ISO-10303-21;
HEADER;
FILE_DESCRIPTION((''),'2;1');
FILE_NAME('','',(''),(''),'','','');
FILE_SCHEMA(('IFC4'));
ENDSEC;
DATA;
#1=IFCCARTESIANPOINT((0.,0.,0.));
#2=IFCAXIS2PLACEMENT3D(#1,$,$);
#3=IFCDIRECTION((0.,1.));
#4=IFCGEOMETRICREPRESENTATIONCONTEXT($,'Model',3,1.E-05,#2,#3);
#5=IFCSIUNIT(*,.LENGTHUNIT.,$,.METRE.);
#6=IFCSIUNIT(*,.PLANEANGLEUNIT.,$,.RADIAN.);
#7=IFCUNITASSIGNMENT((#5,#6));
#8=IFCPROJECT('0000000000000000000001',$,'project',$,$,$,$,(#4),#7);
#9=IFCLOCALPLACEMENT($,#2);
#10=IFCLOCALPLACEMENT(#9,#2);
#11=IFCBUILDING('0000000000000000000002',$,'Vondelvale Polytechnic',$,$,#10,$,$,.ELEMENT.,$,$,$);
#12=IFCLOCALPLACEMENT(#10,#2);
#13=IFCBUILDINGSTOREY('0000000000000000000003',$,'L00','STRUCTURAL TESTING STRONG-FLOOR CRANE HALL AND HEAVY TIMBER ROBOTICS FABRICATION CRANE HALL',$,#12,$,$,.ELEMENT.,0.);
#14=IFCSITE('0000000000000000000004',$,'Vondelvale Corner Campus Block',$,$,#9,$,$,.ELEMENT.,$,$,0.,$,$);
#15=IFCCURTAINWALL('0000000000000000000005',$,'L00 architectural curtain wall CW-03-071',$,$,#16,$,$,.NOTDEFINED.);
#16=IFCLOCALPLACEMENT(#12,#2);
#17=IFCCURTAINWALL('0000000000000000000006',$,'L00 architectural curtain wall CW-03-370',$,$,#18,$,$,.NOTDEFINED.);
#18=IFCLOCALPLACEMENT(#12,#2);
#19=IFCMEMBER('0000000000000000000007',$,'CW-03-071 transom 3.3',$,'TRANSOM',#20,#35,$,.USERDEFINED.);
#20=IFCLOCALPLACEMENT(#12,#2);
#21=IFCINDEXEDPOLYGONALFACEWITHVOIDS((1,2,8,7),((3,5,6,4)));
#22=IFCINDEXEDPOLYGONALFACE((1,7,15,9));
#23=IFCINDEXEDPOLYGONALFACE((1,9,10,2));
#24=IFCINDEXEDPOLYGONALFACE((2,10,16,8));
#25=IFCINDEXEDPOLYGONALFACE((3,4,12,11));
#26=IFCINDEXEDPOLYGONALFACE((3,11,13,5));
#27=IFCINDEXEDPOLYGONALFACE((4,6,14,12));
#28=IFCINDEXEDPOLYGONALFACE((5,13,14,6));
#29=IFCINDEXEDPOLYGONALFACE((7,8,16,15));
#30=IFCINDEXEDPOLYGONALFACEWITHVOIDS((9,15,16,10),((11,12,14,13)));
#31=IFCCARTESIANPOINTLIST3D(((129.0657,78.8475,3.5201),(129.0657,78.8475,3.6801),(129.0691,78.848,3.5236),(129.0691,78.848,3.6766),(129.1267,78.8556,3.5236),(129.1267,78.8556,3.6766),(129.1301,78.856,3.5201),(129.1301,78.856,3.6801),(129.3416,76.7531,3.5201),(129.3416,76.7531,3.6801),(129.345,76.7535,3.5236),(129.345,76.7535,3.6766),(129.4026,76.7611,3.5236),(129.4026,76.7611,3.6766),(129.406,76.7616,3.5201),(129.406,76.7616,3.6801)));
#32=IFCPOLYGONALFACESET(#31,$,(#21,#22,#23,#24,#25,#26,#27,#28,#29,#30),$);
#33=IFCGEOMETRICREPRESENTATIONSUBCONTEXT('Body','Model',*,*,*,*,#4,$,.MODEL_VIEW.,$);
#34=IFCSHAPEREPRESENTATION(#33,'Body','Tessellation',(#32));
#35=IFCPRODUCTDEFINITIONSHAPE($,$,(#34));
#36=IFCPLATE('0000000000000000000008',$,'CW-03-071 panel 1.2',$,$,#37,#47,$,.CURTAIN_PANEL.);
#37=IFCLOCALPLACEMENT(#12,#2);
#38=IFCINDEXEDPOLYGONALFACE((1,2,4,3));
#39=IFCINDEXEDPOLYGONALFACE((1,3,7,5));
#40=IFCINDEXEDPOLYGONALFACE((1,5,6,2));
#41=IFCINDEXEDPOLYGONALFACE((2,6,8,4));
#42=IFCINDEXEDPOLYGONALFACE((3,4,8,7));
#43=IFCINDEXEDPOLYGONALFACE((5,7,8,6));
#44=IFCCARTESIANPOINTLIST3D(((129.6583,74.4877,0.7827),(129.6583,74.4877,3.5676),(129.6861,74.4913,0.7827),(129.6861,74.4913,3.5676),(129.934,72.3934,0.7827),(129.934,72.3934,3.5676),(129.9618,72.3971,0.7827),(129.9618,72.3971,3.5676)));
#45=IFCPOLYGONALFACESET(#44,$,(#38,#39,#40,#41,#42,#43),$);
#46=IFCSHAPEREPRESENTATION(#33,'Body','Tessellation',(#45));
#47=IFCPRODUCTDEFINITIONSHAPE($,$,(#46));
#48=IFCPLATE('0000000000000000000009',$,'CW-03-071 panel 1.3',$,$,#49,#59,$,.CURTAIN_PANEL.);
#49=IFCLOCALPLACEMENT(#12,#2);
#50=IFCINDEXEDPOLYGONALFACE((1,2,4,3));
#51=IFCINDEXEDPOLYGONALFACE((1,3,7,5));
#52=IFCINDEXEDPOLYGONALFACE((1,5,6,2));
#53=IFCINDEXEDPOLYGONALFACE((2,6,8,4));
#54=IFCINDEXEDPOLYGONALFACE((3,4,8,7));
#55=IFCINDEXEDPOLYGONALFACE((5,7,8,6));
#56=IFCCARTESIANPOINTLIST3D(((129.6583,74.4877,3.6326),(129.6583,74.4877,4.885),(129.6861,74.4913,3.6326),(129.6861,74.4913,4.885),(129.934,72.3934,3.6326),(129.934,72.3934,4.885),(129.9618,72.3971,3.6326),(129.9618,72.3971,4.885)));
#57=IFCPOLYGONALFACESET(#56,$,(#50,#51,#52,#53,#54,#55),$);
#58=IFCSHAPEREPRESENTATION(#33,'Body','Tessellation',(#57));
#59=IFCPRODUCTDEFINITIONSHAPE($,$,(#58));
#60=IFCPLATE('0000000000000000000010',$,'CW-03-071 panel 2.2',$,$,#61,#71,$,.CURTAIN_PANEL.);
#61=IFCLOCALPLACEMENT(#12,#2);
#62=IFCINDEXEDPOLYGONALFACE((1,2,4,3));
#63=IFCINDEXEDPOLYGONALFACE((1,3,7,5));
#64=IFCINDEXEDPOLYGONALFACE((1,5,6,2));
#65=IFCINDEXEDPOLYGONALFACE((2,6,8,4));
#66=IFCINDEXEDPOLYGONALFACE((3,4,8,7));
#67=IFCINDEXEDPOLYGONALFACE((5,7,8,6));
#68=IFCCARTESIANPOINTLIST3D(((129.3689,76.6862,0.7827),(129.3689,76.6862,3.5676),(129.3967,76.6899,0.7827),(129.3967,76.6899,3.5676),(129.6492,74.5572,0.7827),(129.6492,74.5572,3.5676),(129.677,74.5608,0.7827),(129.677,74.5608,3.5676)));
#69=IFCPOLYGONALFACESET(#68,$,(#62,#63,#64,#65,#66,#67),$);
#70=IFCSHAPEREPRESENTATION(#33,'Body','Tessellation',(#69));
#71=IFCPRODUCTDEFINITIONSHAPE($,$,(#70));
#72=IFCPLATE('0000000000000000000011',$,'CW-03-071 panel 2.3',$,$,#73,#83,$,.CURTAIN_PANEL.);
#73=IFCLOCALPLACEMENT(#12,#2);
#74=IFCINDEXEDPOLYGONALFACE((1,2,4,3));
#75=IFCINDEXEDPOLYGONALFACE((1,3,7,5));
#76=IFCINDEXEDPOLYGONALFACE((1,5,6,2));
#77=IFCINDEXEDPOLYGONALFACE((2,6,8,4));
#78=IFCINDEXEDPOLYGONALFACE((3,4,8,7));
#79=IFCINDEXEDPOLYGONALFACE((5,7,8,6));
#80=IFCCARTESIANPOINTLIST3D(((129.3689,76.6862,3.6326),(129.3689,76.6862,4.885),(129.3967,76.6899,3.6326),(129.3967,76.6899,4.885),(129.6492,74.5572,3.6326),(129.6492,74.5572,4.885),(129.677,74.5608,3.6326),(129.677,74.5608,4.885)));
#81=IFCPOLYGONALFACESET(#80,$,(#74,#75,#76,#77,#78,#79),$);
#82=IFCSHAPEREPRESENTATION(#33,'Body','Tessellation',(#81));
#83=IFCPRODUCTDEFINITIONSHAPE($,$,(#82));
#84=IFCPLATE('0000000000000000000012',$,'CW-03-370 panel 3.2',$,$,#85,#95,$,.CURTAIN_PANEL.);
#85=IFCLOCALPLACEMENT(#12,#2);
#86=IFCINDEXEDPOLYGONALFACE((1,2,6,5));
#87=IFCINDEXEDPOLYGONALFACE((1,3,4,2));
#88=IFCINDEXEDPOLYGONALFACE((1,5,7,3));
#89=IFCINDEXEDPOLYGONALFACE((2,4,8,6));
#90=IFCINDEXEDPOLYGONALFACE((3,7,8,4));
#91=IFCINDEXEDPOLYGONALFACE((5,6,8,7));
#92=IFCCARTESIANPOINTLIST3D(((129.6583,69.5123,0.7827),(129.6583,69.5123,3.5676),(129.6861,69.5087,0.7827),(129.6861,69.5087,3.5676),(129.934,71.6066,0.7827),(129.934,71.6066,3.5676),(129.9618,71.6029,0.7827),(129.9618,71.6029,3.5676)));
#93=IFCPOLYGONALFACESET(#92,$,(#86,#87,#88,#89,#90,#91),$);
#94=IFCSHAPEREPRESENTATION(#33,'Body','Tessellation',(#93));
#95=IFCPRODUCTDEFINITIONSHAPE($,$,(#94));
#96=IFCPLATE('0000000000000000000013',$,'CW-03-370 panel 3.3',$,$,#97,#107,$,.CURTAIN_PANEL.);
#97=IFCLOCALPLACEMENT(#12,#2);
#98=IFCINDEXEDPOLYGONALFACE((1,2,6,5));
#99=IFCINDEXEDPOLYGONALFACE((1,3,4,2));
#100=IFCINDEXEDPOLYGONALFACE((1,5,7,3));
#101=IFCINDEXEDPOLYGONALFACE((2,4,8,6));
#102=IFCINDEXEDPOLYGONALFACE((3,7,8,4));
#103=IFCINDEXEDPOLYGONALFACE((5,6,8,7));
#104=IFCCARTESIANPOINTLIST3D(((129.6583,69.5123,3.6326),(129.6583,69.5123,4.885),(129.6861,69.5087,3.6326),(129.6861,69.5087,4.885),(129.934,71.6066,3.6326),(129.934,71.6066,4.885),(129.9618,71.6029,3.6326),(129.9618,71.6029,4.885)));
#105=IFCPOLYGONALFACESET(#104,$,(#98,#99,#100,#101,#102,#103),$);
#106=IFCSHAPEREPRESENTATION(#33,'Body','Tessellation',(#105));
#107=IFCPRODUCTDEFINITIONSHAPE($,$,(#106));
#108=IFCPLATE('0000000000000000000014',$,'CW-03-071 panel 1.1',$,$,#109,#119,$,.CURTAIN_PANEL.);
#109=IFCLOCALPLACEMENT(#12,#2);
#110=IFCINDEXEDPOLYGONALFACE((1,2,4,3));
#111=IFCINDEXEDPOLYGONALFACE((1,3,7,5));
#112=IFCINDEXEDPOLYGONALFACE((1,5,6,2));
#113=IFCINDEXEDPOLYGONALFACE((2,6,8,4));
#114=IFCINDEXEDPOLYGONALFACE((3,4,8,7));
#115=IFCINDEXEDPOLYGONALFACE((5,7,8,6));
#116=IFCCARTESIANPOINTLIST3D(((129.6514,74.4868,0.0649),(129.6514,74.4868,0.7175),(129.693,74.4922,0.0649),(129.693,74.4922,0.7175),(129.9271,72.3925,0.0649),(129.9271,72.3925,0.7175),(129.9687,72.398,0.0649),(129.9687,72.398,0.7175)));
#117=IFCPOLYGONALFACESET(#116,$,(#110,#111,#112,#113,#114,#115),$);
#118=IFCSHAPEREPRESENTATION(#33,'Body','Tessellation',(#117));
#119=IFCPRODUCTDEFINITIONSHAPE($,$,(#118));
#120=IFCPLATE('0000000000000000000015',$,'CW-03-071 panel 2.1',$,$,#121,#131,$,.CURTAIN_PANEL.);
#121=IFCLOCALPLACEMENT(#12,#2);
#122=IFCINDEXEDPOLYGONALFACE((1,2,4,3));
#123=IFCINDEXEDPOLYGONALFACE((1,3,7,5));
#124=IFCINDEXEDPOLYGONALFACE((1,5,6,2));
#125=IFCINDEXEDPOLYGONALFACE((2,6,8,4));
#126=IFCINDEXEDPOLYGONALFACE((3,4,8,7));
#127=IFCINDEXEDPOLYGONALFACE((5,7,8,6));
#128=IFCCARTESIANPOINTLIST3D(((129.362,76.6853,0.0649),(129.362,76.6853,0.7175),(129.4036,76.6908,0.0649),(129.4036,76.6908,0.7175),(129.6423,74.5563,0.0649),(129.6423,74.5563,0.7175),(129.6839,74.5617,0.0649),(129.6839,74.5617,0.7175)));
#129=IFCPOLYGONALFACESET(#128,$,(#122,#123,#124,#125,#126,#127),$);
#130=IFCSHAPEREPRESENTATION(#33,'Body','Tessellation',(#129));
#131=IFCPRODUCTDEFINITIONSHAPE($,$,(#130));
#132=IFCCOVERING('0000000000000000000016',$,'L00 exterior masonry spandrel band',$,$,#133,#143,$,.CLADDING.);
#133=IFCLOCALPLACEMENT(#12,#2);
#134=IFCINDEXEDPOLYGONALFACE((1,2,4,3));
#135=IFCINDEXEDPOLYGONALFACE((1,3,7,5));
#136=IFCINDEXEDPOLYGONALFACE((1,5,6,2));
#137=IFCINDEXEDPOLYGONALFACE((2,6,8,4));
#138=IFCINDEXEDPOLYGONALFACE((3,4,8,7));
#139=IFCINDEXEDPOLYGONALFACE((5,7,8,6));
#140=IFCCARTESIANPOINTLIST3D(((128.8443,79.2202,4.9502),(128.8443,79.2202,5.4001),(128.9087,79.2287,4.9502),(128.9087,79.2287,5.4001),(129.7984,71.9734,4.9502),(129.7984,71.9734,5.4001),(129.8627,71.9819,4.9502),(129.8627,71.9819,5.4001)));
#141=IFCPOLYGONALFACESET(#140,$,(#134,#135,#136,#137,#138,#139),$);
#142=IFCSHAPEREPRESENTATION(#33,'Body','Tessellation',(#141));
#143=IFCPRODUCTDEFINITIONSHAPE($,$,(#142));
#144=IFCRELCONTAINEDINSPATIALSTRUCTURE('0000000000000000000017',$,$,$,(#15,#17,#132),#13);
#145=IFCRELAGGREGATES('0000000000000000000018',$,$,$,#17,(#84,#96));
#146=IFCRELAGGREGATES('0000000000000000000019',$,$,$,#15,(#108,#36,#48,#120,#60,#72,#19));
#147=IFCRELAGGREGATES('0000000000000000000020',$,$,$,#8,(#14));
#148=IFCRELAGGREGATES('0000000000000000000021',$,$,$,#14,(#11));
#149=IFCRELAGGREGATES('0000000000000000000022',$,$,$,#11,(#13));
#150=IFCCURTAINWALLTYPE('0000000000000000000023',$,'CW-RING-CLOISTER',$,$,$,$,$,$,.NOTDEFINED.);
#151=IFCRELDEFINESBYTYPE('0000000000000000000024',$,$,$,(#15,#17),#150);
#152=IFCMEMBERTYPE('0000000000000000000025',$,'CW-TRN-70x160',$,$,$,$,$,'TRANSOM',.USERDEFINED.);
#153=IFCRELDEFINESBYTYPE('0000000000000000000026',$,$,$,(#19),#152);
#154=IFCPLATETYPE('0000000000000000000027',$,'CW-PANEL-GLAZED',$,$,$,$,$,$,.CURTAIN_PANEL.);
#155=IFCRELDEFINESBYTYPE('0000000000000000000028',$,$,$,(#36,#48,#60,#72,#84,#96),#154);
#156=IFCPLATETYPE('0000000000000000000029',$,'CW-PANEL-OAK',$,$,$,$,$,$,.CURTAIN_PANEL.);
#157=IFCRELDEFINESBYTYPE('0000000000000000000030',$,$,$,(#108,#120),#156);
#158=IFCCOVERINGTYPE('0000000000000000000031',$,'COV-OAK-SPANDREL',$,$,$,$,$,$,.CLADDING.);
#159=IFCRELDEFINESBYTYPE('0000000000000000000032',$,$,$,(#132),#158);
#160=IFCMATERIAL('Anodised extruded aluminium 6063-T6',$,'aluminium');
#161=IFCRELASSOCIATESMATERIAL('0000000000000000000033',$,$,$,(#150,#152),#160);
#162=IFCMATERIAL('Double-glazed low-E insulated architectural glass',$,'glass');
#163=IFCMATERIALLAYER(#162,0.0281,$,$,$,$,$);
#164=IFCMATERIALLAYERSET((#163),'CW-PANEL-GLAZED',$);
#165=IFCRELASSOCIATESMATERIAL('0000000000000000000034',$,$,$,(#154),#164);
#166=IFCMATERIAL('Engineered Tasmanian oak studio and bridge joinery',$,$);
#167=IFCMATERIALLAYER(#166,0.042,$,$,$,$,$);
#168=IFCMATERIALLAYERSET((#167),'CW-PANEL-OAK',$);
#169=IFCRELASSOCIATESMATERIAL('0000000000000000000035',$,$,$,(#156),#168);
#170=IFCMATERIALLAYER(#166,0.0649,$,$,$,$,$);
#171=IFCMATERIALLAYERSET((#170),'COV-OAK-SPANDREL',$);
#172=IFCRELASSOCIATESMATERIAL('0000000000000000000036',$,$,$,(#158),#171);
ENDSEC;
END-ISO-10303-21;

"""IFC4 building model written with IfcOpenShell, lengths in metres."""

from ifc_helpers import new_model, si_unit, direction, frame, origin, origin_2d, place, context, subcontext, project, spatial, rectangle, hollow_rectangle, extrude, material, layer, layer_set, material_profile, profile_set, type_object, element, aggregate, save


model = new_model("IFC4")

# Units and contexts
model_context = context("Model", 3, precision=1e-05, world=origin(), true_north=direction((0.0, 1.0)))
body_context = subcontext(model_context, "Body", "Model", "MODEL_VIEW")
ifc_project = project(units=[si_unit("LENGTHUNIT", "METRE"), si_unit("PLANEANGLEUNIT", "RADIAN")], contexts=[model_context])

# Site, building, storey
site_placement = place(None, origin())
site = spatial("IfcSite", under=ifc_project, at=site_placement, Name="Vondelvale Corner Campus Block", CompositionType="ELEMENT", RefElevation=0.0)
building_placement = place(site_placement, origin())
building = spatial("IfcBuilding", under=site, at=building_placement, Name="Vondelvale Polytechnic", CompositionType="ELEMENT")
storey_placement = place(building_placement, origin())
storey = spatial("IfcBuildingStorey", under=building, at=storey_placement, Name="L00", Description="STRUCTURAL TESTING STRONG-FLOOR CRANE HALL AND HEAVY TIMBER ROBOTICS FABRICATION CRANE HALL", CompositionType="ELEMENT", Elevation=0.0)

# Curtain wall
ifc_material_1 = material(Name="Anodised extruded aluminium 6063-T6", Category="aluminium")
curtain_wall_type = type_object("IfcCurtainWallType", Name="CW-RING-CLOISTER", PredefinedType="NOTDEFINED", material=ifc_material_1)
curtain_wall_1_placement = place(storey_placement, origin())
curtain_wall_1 = element("IfcCurtainWall", 1, at=curtain_wall_1_placement, inside=storey, type_object=curtain_wall_type, Name="L00 architectural curtain wall CW-03-071", PredefinedType="NOTDEFINED")

# Curtain wall
curtain_wall_2_placement = place(storey_placement, origin())
curtain_wall_2 = element("IfcCurtainWall", 2, at=curtain_wall_2_placement, inside=storey, type_object=curtain_wall_type, Name="L00 architectural curtain wall CW-03-370", PredefinedType="NOTDEFINED")

# Member
ifc_material_profile_1 = material_profile(ifc_material_1, hollow_rectangle(XDim=0.0649, YDim=0.1599, WallThickness=0.0034, at=origin_2d()), Name="CW-TRN-160x65")
ifc_profile_set_1 = profile_set([ifc_material_profile_1], Name="Anodised extruded aluminium 6063-T6")
member_type_1 = type_object("IfcMemberType", Name="CW-TRN-70x160", ElementType="TRANSOM", PredefinedType="USERDEFINED", material=ifc_profile_set_1)
member_1_placement = place(storey_placement, frame((129.3738, 76.7573, 3.6001), z_axis=(-0.130589, 0.991437, 0.0), x_axis=(-0.991437, -0.130589, 0.0)))
member_1 = element("IfcMember", 3, at=member_1_placement, type_object=member_type_1, Name="CW-03-071 transom 3.3", ObjectType="TRANSOM", PredefinedType="USERDEFINED", context=body_context, shape_type="SweptSolid", body=[
    extrude(hollow_rectangle(XDim=0.0649, YDim=0.1599, WallThickness=0.0034, at=origin_2d()), origin(), (0.0, 0.0, 1.0), 2.1125),
])

# Plates
ifc_material_2 = material(Name="Double-glazed low-E insulated architectural glass", Category="glass")
ifc_layer_1 = layer(ifc_material_2, 0.0281)
ifc_layer_set_1 = layer_set([ifc_layer_1], Name="CW-PANEL-GLAZED")
plate_type_1 = type_object("IfcPlateType", Name="CW-PANEL-GLAZED", PredefinedType="CURTAIN_PANEL", material=ifc_layer_set_1)
plate_1_placement = place(storey_placement, frame((129.8101, 73.4424, 0.7827), z_axis=(0.0, 0.0, 1.0), x_axis=(-0.130528, 0.991445, 0.0)))
plate_1 = element("IfcPlate", 4, at=plate_1_placement, type_object=plate_type_1, Name="CW-03-071 panel 1.2", PredefinedType="CURTAIN_PANEL", context=body_context, shape_type="SweptSolid", body=[
    extrude(rectangle(XDim=2.1123, YDim=0.0281, at=origin_2d()), origin(), (0.0, 0.0, 1.0), 2.7849),
])
plate_2_placement = place(storey_placement, frame((129.8101, 73.4424, 3.6326), z_axis=(0.0, 0.0, 1.0), x_axis=(-0.130528, 0.991445, 0.0)))
plate_2 = element("IfcPlate", 5, at=plate_2_placement, type_object=plate_type_1, Name="CW-03-071 panel 1.3", PredefinedType="CURTAIN_PANEL", context=body_context, shape_type="SweptSolid", body=[
    extrude(rectangle(XDim=2.1123, YDim=0.0281, at=origin_2d()), origin(), (0.0, 0.0, 1.0), 1.2524),
])
plate_3_placement = place(storey_placement, frame((129.5229, 75.6235, 0.7827), z_axis=(0.0, 0.0, 1.0), x_axis=(-0.130528, 0.991445, 0.0)))
plate_3 = element("IfcPlate", 6, at=plate_3_placement, type_object=plate_type_1, Name="CW-03-071 panel 2.2", PredefinedType="CURTAIN_PANEL", context=body_context, shape_type="SweptSolid", body=[
    extrude(rectangle(XDim=2.1475, YDim=0.0281, at=origin_2d()), origin(), (0.0, 0.0, 1.0), 2.7849),
])
plate_4_placement = place(storey_placement, frame((129.5229, 75.6235, 3.6326), z_axis=(0.0, 0.0, 1.0), x_axis=(-0.130528, 0.991445, 0.0)))
plate_4 = element("IfcPlate", 7, at=plate_4_placement, type_object=plate_type_1, Name="CW-03-071 panel 2.3", PredefinedType="CURTAIN_PANEL", context=body_context, shape_type="SweptSolid", body=[
    extrude(rectangle(XDim=2.1475, YDim=0.0281, at=origin_2d()), origin(), (0.0, 0.0, 1.0), 1.2524),
])
plate_5_placement = place(storey_placement, frame((129.8101, 70.5576, 0.7827), z_axis=(0.0, 0.0, 1.0), x_axis=(0.130528, 0.991445, 0.0)))
plate_5 = element("IfcPlate", 8, at=plate_5_placement, type_object=plate_type_1, Name="CW-03-370 panel 3.2", PredefinedType="CURTAIN_PANEL", context=body_context, shape_type="SweptSolid", body=[
    extrude(rectangle(XDim=2.1123, YDim=0.0281, at=origin_2d()), origin(), (0.0, 0.0, 1.0), 2.7849),
])
plate_6_placement = place(storey_placement, frame((129.8101, 70.5576, 3.6326), z_axis=(0.0, 0.0, 1.0), x_axis=(0.130528, 0.991445, 0.0)))
plate_6 = element("IfcPlate", 9, at=plate_6_placement, type_object=plate_type_1, Name="CW-03-370 panel 3.3", PredefinedType="CURTAIN_PANEL", context=body_context, shape_type="SweptSolid", body=[
    extrude(rectangle(XDim=2.1123, YDim=0.0281, at=origin_2d()), origin(), (0.0, 0.0, 1.0), 1.2524),
])
aggregate(curtain_wall_2, [plate_5, plate_6])
ifc_material_3 = material(Name="Engineered Tasmanian oak studio and bridge joinery")
ifc_layer_2 = layer(ifc_material_3, 0.042)
ifc_layer_set_2 = layer_set([ifc_layer_2], Name="CW-PANEL-OAK")
plate_type_2 = type_object("IfcPlateType", Name="CW-PANEL-OAK", PredefinedType="CURTAIN_PANEL", material=ifc_layer_set_2)
plate_7_placement = place(storey_placement, frame((129.8101, 73.4424, 0.0649), z_axis=(0.0, 0.0, 1.0), x_axis=(-0.130528, 0.991445, 0.0)))
plate_7 = element("IfcPlate", 10, at=plate_7_placement, type_object=plate_type_2, Name="CW-03-071 panel 1.1", PredefinedType="CURTAIN_PANEL", context=body_context, shape_type="SweptSolid", body=[
    extrude(rectangle(XDim=2.1123, YDim=0.042, at=origin_2d()), origin(), (0.0, 0.0, 1.0), 0.6526),
])
plate_8_placement = place(storey_placement, frame((129.5229, 75.6235, 0.0649), z_axis=(0.0, 0.0, 1.0), x_axis=(-0.130528, 0.991445, 0.0)))
plate_8 = element("IfcPlate", 11, at=plate_8_placement, type_object=plate_type_2, Name="CW-03-071 panel 2.1", PredefinedType="CURTAIN_PANEL", context=body_context, shape_type="SweptSolid", body=[
    extrude(rectangle(XDim=2.1475, YDim=0.042, at=origin_2d()), origin(), (0.0, 0.0, 1.0), 0.6526),
])
aggregate(curtain_wall_1, [plate_7, plate_1, plate_2, plate_8, plate_3, plate_4, member_1])

# Covering
ifc_layer_3 = layer(ifc_material_3, 0.0649)
ifc_layer_set_3 = layer_set([ifc_layer_3], Name="COV-OAK-SPANDREL")
covering_type = type_object("IfcCoveringType", Name="COV-OAK-SPANDREL", PredefinedType="CLADDING", material=ifc_layer_set_3)
covering_placement = place(storey_placement, frame((129.3535, 75.6011, 4.9502), z_axis=(0.0, 0.0, 1.0), x_axis=(-0.130526, 0.991445, 0.0)))
element("IfcCovering", 12, at=covering_placement, inside=storey, type_object=covering_type, Name="L00 exterior masonry spandrel band", PredefinedType="CLADDING", context=body_context, shape_type="SweptSolid", body=[
    extrude(rectangle(XDim=7.3093, YDim=0.0649, at=origin_2d()), origin(), (0.0, 0.0, 1.0), 0.45),
])

save(model, "model.ifc")
